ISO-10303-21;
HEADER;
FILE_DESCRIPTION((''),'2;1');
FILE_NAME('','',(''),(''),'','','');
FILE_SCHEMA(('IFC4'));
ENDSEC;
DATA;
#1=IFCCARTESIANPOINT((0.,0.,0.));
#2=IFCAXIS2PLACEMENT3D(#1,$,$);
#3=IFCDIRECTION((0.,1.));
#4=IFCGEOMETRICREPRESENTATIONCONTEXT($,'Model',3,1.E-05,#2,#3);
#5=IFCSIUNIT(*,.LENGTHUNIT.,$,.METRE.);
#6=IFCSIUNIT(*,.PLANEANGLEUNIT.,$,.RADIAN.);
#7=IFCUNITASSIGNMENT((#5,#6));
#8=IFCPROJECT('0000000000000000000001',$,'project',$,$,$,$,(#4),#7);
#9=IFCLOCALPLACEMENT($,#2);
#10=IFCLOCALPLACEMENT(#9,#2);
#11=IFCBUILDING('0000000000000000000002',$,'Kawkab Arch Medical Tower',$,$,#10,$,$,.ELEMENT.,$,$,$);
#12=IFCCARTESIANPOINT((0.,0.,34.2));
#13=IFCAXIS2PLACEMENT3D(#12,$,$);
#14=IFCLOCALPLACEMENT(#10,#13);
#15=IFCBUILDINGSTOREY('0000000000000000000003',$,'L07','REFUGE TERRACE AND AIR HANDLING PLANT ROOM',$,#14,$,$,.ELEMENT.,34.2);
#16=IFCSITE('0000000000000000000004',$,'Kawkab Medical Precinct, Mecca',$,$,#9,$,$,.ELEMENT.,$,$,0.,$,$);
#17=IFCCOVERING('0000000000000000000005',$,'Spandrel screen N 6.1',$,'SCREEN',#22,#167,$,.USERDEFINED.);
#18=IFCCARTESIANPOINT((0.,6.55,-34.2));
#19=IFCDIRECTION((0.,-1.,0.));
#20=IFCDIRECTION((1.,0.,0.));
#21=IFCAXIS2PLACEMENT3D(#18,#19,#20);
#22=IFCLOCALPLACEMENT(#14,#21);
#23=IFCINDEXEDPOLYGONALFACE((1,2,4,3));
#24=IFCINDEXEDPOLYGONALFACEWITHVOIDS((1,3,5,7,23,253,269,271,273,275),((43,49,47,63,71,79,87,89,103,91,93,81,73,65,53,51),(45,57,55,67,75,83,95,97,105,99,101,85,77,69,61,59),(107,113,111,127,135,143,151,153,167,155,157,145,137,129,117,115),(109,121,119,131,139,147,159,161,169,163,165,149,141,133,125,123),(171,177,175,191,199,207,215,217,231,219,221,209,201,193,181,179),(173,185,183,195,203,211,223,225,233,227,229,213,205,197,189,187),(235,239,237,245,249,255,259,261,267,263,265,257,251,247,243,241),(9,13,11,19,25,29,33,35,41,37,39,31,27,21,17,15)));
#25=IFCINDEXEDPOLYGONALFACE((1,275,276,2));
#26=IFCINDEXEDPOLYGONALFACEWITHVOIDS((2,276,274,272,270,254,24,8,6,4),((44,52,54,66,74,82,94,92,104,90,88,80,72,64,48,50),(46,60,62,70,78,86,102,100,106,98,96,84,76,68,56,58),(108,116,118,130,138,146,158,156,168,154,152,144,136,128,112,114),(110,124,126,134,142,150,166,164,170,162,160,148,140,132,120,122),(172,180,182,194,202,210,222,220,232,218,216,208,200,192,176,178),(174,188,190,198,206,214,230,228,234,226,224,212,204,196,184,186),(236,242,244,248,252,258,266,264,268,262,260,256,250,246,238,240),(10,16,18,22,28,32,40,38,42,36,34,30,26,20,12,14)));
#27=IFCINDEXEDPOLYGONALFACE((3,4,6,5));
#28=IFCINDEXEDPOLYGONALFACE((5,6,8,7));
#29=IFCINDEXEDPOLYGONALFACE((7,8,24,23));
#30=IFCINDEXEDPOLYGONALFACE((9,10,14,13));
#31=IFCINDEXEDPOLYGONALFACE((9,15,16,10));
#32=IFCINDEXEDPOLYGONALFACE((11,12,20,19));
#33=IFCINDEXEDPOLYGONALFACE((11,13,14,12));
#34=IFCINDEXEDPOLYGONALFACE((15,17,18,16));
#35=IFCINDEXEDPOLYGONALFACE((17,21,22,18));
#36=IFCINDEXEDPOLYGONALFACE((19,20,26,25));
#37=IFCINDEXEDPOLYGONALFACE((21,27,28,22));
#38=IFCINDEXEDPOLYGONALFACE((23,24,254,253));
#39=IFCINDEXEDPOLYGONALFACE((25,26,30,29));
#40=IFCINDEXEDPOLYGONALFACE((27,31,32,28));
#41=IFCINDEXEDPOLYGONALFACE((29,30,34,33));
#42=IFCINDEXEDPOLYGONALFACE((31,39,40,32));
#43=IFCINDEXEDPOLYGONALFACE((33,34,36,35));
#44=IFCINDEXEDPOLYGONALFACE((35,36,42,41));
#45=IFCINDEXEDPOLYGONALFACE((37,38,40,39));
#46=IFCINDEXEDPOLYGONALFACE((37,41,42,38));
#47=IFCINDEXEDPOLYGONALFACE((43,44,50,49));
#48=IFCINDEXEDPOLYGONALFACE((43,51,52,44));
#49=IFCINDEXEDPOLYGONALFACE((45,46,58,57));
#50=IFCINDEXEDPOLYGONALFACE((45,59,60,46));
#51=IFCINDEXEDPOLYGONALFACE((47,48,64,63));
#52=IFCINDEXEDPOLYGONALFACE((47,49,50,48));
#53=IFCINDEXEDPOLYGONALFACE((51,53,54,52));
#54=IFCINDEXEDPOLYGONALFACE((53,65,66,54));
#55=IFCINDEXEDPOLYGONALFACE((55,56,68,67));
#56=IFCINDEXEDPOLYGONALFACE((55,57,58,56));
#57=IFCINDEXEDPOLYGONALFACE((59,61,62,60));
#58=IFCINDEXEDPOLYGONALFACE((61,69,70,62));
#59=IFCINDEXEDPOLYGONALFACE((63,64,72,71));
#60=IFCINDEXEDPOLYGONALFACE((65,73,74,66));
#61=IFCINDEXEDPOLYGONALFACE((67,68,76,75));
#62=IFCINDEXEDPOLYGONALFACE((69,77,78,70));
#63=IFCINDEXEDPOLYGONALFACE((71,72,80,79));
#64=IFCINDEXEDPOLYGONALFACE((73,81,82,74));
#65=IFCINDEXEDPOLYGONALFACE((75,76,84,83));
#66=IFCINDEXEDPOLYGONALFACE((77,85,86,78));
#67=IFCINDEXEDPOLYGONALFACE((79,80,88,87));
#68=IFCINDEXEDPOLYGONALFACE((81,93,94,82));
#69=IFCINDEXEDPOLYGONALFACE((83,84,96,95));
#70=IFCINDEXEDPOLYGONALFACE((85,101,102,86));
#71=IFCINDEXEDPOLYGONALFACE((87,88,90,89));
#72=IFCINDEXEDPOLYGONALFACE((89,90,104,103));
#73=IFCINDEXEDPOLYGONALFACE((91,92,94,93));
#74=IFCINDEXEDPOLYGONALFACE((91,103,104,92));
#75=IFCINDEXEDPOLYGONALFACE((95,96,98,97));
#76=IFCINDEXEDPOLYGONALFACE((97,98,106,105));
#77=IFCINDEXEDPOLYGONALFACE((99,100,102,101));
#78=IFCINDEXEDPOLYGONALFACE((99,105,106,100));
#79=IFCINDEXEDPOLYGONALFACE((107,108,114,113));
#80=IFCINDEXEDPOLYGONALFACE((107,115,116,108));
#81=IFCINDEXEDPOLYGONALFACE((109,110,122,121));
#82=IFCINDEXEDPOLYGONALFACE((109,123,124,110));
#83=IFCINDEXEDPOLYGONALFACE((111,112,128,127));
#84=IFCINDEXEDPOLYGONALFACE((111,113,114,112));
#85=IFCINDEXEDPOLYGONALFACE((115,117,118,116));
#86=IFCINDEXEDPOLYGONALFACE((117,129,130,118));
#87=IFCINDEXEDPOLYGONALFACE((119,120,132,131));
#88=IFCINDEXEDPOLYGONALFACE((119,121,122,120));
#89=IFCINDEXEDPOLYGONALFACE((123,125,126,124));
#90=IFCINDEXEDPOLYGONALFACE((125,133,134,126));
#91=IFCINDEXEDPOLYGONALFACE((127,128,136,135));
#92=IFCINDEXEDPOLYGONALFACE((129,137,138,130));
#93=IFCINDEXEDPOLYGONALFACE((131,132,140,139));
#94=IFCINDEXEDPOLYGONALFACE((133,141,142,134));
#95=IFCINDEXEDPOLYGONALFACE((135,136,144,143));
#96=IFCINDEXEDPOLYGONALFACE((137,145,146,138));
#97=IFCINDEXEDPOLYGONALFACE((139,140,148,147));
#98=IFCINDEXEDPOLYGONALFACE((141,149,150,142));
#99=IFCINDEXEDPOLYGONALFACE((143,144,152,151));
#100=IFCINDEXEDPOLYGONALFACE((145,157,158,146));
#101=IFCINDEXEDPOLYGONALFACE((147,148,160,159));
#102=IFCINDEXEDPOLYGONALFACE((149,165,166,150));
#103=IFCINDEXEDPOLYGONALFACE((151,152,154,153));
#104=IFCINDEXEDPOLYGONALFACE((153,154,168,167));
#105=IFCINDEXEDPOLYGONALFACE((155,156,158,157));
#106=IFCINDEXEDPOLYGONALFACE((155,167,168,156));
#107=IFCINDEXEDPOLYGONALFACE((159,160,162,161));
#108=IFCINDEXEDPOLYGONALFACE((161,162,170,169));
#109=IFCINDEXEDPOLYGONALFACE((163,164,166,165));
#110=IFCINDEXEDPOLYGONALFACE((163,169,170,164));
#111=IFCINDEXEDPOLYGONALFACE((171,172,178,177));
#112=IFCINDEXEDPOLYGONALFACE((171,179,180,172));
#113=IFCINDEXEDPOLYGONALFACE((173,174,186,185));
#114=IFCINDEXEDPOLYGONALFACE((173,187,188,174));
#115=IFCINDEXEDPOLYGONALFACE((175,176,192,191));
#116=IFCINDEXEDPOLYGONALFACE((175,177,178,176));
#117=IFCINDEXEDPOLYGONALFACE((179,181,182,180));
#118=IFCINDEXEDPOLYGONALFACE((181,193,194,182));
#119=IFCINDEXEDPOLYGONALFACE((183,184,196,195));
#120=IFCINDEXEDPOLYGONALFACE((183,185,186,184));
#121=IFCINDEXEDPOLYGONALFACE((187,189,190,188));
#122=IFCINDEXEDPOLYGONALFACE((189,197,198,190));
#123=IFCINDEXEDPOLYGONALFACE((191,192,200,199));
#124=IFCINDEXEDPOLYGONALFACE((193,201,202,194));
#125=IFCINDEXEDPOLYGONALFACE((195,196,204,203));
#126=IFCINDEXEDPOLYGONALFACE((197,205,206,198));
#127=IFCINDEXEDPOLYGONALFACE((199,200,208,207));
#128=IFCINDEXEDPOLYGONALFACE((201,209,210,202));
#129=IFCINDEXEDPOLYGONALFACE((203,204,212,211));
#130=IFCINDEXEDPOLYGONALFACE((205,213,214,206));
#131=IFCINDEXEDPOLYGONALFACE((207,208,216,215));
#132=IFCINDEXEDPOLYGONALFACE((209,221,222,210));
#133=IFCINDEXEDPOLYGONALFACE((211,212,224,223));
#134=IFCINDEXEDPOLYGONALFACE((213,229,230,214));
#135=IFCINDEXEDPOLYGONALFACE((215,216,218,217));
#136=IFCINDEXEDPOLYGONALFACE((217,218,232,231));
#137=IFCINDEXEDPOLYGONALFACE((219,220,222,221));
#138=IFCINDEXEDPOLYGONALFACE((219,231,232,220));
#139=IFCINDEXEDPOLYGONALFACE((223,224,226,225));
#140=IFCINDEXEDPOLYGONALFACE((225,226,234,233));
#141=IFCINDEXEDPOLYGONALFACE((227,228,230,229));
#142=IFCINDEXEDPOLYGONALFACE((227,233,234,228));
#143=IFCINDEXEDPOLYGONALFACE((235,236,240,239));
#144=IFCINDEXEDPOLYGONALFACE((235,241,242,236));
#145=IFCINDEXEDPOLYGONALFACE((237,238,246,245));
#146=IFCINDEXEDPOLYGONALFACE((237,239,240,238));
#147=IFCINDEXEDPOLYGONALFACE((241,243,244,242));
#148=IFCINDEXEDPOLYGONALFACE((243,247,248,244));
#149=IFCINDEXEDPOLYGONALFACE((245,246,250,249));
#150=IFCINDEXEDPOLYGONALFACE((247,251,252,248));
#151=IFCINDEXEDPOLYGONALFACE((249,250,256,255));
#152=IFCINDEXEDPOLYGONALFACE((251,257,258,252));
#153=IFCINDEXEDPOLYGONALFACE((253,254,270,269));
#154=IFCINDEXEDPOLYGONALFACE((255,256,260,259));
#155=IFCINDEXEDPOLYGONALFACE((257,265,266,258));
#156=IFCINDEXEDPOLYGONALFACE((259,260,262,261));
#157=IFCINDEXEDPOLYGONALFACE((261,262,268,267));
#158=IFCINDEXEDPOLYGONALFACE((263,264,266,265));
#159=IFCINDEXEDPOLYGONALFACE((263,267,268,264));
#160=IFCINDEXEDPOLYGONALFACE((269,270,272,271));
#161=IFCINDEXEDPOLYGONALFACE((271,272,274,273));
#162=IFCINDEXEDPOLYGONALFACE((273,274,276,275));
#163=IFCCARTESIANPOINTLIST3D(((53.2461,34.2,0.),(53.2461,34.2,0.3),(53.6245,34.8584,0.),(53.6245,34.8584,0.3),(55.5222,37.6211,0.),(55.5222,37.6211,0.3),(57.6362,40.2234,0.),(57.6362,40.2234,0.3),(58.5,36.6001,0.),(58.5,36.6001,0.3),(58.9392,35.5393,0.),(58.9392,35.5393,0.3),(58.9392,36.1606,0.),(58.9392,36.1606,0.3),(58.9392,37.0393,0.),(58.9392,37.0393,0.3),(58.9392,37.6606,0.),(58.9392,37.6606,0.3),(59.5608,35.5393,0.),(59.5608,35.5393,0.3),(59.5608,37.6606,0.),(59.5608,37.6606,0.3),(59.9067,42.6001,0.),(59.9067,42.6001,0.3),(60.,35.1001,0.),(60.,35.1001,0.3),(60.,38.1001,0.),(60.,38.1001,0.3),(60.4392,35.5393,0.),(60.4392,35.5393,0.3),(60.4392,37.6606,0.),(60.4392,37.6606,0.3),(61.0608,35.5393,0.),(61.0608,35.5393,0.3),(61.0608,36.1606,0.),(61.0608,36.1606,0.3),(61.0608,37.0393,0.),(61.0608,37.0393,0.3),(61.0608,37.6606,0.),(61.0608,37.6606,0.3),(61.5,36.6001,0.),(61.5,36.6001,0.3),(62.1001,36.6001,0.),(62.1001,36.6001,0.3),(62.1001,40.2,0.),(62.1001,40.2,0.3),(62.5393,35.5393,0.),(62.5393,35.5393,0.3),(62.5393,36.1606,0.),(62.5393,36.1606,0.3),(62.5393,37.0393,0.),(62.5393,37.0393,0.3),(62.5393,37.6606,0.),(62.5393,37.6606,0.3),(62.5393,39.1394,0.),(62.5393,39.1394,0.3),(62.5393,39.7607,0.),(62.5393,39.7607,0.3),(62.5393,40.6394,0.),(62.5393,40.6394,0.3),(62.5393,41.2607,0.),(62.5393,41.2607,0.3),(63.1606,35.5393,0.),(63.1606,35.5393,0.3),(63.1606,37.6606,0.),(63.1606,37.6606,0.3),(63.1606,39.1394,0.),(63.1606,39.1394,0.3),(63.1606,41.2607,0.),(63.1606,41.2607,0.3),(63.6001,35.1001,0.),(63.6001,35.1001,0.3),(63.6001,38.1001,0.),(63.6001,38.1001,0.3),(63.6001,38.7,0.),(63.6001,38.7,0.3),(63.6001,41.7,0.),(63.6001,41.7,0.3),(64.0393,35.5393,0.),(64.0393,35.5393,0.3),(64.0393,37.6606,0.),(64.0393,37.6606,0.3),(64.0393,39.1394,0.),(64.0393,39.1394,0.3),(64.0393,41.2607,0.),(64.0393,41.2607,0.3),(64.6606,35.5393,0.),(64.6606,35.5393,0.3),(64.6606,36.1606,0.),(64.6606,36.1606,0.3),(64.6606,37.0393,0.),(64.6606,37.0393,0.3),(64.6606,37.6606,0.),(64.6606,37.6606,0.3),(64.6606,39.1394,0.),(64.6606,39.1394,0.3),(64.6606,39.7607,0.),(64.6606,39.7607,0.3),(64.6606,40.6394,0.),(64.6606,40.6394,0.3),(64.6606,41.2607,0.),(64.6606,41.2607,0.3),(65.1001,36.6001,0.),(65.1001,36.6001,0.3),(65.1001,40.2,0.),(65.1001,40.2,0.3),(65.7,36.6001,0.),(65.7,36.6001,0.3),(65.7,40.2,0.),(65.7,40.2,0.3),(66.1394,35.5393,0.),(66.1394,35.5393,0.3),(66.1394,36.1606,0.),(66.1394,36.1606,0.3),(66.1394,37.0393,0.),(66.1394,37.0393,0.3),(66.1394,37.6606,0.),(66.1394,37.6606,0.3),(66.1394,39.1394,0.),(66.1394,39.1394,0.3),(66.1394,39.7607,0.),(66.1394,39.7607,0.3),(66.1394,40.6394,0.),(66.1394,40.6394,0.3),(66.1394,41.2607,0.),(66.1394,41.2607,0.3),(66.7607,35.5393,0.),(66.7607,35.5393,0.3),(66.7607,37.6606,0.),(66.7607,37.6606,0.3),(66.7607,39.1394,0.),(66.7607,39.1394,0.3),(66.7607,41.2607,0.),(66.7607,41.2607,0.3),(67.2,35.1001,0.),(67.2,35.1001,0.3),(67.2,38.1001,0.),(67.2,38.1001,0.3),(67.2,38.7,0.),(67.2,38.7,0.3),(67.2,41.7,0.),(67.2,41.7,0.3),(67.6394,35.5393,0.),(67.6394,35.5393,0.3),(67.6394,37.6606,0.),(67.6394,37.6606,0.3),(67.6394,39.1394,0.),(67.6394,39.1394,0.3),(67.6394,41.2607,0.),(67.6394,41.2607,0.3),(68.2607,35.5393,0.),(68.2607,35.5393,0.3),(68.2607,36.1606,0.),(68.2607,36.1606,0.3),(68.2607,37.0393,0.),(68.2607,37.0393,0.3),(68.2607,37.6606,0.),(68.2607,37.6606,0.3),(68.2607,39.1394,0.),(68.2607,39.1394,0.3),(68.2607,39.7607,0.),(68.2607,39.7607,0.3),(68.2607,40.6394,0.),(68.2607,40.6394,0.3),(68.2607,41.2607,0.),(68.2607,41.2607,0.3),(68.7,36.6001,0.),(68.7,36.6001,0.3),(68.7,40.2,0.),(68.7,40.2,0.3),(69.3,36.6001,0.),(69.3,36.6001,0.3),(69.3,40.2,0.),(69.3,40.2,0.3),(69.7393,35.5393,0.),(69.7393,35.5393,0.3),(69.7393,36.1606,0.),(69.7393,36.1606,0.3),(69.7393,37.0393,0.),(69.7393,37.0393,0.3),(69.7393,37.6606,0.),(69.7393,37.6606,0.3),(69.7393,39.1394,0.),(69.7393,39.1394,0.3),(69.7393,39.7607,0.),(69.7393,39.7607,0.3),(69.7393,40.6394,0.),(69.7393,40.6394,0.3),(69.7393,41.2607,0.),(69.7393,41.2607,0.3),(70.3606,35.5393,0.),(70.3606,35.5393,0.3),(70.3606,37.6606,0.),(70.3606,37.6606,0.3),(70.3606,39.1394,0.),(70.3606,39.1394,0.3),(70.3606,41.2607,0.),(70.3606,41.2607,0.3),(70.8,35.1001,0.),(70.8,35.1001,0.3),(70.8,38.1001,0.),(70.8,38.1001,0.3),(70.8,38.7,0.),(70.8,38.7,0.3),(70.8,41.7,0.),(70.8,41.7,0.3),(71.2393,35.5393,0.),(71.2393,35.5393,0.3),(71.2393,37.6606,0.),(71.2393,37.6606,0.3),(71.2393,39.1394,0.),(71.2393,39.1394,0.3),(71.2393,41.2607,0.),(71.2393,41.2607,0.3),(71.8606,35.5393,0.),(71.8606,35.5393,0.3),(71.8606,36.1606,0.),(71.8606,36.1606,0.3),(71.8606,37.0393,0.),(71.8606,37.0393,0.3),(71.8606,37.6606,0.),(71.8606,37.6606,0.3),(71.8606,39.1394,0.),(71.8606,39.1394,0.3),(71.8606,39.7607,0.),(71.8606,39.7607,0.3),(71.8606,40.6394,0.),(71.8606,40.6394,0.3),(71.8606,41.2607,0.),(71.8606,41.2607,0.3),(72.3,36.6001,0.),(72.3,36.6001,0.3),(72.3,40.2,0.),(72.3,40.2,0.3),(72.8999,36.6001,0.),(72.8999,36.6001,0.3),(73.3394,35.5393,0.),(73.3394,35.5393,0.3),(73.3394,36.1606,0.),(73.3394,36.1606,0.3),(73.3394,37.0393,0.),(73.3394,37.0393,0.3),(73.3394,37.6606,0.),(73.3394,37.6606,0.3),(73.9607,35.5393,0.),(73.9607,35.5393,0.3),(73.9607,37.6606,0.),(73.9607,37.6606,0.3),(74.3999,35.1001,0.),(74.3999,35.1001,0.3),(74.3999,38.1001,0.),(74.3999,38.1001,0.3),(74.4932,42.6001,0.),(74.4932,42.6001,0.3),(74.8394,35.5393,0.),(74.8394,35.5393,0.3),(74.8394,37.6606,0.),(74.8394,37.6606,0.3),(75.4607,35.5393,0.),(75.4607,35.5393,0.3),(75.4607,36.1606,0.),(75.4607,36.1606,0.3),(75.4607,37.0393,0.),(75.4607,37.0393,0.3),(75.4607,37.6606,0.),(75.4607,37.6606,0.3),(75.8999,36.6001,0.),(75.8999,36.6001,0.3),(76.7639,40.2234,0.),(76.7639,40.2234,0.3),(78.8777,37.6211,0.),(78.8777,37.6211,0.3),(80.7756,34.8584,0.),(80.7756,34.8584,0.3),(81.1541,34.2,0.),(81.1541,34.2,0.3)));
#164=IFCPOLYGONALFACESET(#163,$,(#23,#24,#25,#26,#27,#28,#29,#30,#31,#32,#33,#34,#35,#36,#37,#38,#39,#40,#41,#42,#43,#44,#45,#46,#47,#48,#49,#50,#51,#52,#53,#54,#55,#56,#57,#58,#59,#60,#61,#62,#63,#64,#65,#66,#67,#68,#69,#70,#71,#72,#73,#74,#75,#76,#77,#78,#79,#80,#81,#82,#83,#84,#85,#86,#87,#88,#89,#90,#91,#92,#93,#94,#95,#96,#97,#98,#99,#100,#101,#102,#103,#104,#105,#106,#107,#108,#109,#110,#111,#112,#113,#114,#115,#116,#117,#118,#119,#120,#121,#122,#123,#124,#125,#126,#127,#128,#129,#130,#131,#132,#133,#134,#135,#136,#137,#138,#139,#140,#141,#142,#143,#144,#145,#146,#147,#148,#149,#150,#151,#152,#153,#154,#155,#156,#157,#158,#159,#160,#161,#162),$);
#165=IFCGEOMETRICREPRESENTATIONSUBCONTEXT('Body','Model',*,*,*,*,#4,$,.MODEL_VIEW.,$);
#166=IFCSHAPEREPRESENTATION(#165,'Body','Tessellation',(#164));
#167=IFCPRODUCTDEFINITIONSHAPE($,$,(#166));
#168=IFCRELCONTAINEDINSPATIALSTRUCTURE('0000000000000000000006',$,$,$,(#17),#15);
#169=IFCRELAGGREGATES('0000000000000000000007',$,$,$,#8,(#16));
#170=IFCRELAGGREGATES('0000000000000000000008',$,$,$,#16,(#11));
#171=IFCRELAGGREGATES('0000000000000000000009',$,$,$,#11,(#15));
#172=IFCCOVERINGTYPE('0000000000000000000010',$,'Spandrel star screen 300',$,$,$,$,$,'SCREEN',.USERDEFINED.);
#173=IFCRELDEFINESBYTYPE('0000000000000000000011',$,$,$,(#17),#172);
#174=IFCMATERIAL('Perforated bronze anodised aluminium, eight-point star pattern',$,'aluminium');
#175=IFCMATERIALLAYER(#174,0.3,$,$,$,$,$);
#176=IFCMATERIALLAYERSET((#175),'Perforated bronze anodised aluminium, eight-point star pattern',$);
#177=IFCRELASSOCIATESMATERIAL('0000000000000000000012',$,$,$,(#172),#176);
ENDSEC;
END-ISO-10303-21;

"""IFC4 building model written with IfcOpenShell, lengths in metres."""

from ifc_helpers import new_model, si_unit, direction, frame, origin, place, context, subcontext, project, spatial, polyline, outline, extrude, material, layer, layer_set, type_object, element, save


model = new_model("IFC4")

# Units and contexts
model_context = context("Model", 3, precision=1e-05, world=origin(), true_north=direction((0.0, 1.0)))
body_context = subcontext(model_context, "Body", "Model", "MODEL_VIEW")
ifc_project = project(units=[si_unit("LENGTHUNIT", "METRE"), si_unit("PLANEANGLEUNIT", "RADIAN")], contexts=[model_context])

# Site, building, storey
site_placement = place(None, origin())
site = spatial("IfcSite", under=ifc_project, at=site_placement, Name="Kawkab Medical Precinct, Mecca", CompositionType="ELEMENT", RefElevation=0.0)
building_placement = place(site_placement, origin())
building = spatial("IfcBuilding", under=site, at=building_placement, Name="Kawkab Arch Medical Tower", CompositionType="ELEMENT")
storey_placement = place(building_placement, frame((0.0, 0.0, 34.2)))
storey = spatial("IfcBuildingStorey", under=building, at=storey_placement, Name="L07", Description="REFUGE TERRACE AND AIR HANDLING PLANT ROOM", CompositionType="ELEMENT", Elevation=34.2)

# Covering
ifc_material_1 = material(Name="Perforated bronze anodised aluminium, eight-point star pattern", Category="aluminium")
ifc_layer_1 = layer(ifc_material_1, 0.3)
ifc_layer_set_1 = layer_set([ifc_layer_1], Name="Perforated bronze anodised aluminium, eight-point star pattern")
covering_type = type_object("IfcCoveringType", Name="Spandrel star screen 300", ElementType="SCREEN", PredefinedType="USERDEFINED", material=ifc_layer_set_1)
covering_placement = place(storey_placement, frame((0.0, 6.55, -34.2), z_axis=(0.0, -1.0, 0.0), x_axis=(1.0, 0.0, 0.0)))
element("IfcCovering", 1, at=covering_placement, inside=storey, type_object=covering_type, Name="Spandrel screen N 6.1", ObjectType="SCREEN", PredefinedType="USERDEFINED", context=body_context, shape_type="SweptSolid", body=[
    extrude(outline(polyline([(53.2461, 34.2), (81.1541, 34.2), (80.7756, 34.8584), (78.8777, 37.6211), (76.7639, 40.2234), (74.4932, 42.6001), (59.9067, 42.6001), (57.6362, 40.2234), (55.5222, 37.6211), (53.6245, 34.8584), (53.2461, 34.2)]), holes=[polyline([(61.5, 36.6001), (61.0608, 37.0393), (61.0608, 37.6606), (60.4392, 37.6606), (60.0, 38.1001), (59.5608, 37.6606), (58.9392, 37.6606), (58.9392, 37.0393), (58.5, 36.6001), (58.9392, 36.1606), (58.9392, 35.5393), (59.5608, 35.5393), (60.0, 35.1001), (60.4392, 35.5393), (61.0608, 35.5393), (61.0608, 36.1606), (61.5, 36.6001)]), polyline([(65.1001, 36.6001), (64.6606, 37.0393), (64.6606, 37.6606), (64.0393, 37.6606), (63.6001, 38.1001), (63.1606, 37.6606), (62.5393, 37.6606), (62.5393, 37.0393), (62.1001, 36.6001), (62.5393, 36.1606), (62.5393, 35.5393), (63.1606, 35.5393), (63.6001, 35.1001), (64.0393, 35.5393), (64.6606, 35.5393), (64.6606, 36.1606), (65.1001, 36.6001)]), polyline([(65.1001, 40.2), (64.6606, 40.6394), (64.6606, 41.2607), (64.0393, 41.2607), (63.6001, 41.7), (63.1606, 41.2607), (62.5393, 41.2607), (62.5393, 40.6394), (62.1001, 40.2), (62.5393, 39.7607), (62.5393, 39.1394), (63.1606, 39.1394), (63.6001, 38.7), (64.0393, 39.1394), (64.6606, 39.1394), (64.6606, 39.7607), (65.1001, 40.2)]), polyline([(68.7, 36.6001), (68.2607, 37.0393), (68.2607, 37.6606), (67.6394, 37.6606), (67.2, 38.1001), (66.7607, 37.6606), (66.1394, 37.6606), (66.1394, 37.0393), (65.7, 36.6001), (66.1394, 36.1606), (66.1394, 35.5393), (66.7607, 35.5393), (67.2, 35.1001), (67.6394, 35.5393), (68.2607, 35.5393), (68.2607, 36.1606), (68.7, 36.6001)]), polyline([(68.7, 40.2), (68.2607, 40.6394), (68.2607, 41.2607), (67.6394, 41.2607), (67.2, 41.7), (66.7607, 41.2607), (66.1394, 41.2607), (66.1394, 40.6394), (65.7, 40.2), (66.1394, 39.7607), (66.1394, 39.1394), (66.7607, 39.1394), (67.2, 38.7), (67.6394, 39.1394), (68.2607, 39.1394), (68.2607, 39.7607), (68.7, 40.2)]), polyline([(72.3, 36.6001), (71.8606, 37.0393), (71.8606, 37.6606), (71.2393, 37.6606), (70.8, 38.1001), (70.3606, 37.6606), (69.7393, 37.6606), (69.7393, 37.0393), (69.3, 36.6001), (69.7393, 36.1606), (69.7393, 35.5393), (70.3606, 35.5393), (70.8, 35.1001), (71.2393, 35.5393), (71.8606, 35.5393), (71.8606, 36.1606), (72.3, 36.6001)]), polyline([(72.3, 40.2), (71.8606, 40.6394), (71.8606, 41.2607), (71.2393, 41.2607), (70.8, 41.7), (70.3606, 41.2607), (69.7393, 41.2607), (69.7393, 40.6394), (69.3, 40.2), (69.7393, 39.7607), (69.7393, 39.1394), (70.3606, 39.1394), (70.8, 38.7), (71.2393, 39.1394), (71.8606, 39.1394), (71.8606, 39.7607), (72.3, 40.2)]), polyline([(75.8999, 36.6001), (75.4607, 37.0393), (75.4607, 37.6606), (74.8394, 37.6606), (74.3999, 38.1001), (73.9607, 37.6606), (73.3394, 37.6606), (73.3394, 37.0393), (72.8999, 36.6001), (73.3394, 36.1606), (73.3394, 35.5393), (73.9607, 35.5393), (74.3999, 35.1001), (74.8394, 35.5393), (75.4607, 35.5393), (75.4607, 36.1606), (75.8999, 36.6001)])]), origin(), (0.0, 0.0, 1.0), 0.3),
])

save(model, "model.ifc")
